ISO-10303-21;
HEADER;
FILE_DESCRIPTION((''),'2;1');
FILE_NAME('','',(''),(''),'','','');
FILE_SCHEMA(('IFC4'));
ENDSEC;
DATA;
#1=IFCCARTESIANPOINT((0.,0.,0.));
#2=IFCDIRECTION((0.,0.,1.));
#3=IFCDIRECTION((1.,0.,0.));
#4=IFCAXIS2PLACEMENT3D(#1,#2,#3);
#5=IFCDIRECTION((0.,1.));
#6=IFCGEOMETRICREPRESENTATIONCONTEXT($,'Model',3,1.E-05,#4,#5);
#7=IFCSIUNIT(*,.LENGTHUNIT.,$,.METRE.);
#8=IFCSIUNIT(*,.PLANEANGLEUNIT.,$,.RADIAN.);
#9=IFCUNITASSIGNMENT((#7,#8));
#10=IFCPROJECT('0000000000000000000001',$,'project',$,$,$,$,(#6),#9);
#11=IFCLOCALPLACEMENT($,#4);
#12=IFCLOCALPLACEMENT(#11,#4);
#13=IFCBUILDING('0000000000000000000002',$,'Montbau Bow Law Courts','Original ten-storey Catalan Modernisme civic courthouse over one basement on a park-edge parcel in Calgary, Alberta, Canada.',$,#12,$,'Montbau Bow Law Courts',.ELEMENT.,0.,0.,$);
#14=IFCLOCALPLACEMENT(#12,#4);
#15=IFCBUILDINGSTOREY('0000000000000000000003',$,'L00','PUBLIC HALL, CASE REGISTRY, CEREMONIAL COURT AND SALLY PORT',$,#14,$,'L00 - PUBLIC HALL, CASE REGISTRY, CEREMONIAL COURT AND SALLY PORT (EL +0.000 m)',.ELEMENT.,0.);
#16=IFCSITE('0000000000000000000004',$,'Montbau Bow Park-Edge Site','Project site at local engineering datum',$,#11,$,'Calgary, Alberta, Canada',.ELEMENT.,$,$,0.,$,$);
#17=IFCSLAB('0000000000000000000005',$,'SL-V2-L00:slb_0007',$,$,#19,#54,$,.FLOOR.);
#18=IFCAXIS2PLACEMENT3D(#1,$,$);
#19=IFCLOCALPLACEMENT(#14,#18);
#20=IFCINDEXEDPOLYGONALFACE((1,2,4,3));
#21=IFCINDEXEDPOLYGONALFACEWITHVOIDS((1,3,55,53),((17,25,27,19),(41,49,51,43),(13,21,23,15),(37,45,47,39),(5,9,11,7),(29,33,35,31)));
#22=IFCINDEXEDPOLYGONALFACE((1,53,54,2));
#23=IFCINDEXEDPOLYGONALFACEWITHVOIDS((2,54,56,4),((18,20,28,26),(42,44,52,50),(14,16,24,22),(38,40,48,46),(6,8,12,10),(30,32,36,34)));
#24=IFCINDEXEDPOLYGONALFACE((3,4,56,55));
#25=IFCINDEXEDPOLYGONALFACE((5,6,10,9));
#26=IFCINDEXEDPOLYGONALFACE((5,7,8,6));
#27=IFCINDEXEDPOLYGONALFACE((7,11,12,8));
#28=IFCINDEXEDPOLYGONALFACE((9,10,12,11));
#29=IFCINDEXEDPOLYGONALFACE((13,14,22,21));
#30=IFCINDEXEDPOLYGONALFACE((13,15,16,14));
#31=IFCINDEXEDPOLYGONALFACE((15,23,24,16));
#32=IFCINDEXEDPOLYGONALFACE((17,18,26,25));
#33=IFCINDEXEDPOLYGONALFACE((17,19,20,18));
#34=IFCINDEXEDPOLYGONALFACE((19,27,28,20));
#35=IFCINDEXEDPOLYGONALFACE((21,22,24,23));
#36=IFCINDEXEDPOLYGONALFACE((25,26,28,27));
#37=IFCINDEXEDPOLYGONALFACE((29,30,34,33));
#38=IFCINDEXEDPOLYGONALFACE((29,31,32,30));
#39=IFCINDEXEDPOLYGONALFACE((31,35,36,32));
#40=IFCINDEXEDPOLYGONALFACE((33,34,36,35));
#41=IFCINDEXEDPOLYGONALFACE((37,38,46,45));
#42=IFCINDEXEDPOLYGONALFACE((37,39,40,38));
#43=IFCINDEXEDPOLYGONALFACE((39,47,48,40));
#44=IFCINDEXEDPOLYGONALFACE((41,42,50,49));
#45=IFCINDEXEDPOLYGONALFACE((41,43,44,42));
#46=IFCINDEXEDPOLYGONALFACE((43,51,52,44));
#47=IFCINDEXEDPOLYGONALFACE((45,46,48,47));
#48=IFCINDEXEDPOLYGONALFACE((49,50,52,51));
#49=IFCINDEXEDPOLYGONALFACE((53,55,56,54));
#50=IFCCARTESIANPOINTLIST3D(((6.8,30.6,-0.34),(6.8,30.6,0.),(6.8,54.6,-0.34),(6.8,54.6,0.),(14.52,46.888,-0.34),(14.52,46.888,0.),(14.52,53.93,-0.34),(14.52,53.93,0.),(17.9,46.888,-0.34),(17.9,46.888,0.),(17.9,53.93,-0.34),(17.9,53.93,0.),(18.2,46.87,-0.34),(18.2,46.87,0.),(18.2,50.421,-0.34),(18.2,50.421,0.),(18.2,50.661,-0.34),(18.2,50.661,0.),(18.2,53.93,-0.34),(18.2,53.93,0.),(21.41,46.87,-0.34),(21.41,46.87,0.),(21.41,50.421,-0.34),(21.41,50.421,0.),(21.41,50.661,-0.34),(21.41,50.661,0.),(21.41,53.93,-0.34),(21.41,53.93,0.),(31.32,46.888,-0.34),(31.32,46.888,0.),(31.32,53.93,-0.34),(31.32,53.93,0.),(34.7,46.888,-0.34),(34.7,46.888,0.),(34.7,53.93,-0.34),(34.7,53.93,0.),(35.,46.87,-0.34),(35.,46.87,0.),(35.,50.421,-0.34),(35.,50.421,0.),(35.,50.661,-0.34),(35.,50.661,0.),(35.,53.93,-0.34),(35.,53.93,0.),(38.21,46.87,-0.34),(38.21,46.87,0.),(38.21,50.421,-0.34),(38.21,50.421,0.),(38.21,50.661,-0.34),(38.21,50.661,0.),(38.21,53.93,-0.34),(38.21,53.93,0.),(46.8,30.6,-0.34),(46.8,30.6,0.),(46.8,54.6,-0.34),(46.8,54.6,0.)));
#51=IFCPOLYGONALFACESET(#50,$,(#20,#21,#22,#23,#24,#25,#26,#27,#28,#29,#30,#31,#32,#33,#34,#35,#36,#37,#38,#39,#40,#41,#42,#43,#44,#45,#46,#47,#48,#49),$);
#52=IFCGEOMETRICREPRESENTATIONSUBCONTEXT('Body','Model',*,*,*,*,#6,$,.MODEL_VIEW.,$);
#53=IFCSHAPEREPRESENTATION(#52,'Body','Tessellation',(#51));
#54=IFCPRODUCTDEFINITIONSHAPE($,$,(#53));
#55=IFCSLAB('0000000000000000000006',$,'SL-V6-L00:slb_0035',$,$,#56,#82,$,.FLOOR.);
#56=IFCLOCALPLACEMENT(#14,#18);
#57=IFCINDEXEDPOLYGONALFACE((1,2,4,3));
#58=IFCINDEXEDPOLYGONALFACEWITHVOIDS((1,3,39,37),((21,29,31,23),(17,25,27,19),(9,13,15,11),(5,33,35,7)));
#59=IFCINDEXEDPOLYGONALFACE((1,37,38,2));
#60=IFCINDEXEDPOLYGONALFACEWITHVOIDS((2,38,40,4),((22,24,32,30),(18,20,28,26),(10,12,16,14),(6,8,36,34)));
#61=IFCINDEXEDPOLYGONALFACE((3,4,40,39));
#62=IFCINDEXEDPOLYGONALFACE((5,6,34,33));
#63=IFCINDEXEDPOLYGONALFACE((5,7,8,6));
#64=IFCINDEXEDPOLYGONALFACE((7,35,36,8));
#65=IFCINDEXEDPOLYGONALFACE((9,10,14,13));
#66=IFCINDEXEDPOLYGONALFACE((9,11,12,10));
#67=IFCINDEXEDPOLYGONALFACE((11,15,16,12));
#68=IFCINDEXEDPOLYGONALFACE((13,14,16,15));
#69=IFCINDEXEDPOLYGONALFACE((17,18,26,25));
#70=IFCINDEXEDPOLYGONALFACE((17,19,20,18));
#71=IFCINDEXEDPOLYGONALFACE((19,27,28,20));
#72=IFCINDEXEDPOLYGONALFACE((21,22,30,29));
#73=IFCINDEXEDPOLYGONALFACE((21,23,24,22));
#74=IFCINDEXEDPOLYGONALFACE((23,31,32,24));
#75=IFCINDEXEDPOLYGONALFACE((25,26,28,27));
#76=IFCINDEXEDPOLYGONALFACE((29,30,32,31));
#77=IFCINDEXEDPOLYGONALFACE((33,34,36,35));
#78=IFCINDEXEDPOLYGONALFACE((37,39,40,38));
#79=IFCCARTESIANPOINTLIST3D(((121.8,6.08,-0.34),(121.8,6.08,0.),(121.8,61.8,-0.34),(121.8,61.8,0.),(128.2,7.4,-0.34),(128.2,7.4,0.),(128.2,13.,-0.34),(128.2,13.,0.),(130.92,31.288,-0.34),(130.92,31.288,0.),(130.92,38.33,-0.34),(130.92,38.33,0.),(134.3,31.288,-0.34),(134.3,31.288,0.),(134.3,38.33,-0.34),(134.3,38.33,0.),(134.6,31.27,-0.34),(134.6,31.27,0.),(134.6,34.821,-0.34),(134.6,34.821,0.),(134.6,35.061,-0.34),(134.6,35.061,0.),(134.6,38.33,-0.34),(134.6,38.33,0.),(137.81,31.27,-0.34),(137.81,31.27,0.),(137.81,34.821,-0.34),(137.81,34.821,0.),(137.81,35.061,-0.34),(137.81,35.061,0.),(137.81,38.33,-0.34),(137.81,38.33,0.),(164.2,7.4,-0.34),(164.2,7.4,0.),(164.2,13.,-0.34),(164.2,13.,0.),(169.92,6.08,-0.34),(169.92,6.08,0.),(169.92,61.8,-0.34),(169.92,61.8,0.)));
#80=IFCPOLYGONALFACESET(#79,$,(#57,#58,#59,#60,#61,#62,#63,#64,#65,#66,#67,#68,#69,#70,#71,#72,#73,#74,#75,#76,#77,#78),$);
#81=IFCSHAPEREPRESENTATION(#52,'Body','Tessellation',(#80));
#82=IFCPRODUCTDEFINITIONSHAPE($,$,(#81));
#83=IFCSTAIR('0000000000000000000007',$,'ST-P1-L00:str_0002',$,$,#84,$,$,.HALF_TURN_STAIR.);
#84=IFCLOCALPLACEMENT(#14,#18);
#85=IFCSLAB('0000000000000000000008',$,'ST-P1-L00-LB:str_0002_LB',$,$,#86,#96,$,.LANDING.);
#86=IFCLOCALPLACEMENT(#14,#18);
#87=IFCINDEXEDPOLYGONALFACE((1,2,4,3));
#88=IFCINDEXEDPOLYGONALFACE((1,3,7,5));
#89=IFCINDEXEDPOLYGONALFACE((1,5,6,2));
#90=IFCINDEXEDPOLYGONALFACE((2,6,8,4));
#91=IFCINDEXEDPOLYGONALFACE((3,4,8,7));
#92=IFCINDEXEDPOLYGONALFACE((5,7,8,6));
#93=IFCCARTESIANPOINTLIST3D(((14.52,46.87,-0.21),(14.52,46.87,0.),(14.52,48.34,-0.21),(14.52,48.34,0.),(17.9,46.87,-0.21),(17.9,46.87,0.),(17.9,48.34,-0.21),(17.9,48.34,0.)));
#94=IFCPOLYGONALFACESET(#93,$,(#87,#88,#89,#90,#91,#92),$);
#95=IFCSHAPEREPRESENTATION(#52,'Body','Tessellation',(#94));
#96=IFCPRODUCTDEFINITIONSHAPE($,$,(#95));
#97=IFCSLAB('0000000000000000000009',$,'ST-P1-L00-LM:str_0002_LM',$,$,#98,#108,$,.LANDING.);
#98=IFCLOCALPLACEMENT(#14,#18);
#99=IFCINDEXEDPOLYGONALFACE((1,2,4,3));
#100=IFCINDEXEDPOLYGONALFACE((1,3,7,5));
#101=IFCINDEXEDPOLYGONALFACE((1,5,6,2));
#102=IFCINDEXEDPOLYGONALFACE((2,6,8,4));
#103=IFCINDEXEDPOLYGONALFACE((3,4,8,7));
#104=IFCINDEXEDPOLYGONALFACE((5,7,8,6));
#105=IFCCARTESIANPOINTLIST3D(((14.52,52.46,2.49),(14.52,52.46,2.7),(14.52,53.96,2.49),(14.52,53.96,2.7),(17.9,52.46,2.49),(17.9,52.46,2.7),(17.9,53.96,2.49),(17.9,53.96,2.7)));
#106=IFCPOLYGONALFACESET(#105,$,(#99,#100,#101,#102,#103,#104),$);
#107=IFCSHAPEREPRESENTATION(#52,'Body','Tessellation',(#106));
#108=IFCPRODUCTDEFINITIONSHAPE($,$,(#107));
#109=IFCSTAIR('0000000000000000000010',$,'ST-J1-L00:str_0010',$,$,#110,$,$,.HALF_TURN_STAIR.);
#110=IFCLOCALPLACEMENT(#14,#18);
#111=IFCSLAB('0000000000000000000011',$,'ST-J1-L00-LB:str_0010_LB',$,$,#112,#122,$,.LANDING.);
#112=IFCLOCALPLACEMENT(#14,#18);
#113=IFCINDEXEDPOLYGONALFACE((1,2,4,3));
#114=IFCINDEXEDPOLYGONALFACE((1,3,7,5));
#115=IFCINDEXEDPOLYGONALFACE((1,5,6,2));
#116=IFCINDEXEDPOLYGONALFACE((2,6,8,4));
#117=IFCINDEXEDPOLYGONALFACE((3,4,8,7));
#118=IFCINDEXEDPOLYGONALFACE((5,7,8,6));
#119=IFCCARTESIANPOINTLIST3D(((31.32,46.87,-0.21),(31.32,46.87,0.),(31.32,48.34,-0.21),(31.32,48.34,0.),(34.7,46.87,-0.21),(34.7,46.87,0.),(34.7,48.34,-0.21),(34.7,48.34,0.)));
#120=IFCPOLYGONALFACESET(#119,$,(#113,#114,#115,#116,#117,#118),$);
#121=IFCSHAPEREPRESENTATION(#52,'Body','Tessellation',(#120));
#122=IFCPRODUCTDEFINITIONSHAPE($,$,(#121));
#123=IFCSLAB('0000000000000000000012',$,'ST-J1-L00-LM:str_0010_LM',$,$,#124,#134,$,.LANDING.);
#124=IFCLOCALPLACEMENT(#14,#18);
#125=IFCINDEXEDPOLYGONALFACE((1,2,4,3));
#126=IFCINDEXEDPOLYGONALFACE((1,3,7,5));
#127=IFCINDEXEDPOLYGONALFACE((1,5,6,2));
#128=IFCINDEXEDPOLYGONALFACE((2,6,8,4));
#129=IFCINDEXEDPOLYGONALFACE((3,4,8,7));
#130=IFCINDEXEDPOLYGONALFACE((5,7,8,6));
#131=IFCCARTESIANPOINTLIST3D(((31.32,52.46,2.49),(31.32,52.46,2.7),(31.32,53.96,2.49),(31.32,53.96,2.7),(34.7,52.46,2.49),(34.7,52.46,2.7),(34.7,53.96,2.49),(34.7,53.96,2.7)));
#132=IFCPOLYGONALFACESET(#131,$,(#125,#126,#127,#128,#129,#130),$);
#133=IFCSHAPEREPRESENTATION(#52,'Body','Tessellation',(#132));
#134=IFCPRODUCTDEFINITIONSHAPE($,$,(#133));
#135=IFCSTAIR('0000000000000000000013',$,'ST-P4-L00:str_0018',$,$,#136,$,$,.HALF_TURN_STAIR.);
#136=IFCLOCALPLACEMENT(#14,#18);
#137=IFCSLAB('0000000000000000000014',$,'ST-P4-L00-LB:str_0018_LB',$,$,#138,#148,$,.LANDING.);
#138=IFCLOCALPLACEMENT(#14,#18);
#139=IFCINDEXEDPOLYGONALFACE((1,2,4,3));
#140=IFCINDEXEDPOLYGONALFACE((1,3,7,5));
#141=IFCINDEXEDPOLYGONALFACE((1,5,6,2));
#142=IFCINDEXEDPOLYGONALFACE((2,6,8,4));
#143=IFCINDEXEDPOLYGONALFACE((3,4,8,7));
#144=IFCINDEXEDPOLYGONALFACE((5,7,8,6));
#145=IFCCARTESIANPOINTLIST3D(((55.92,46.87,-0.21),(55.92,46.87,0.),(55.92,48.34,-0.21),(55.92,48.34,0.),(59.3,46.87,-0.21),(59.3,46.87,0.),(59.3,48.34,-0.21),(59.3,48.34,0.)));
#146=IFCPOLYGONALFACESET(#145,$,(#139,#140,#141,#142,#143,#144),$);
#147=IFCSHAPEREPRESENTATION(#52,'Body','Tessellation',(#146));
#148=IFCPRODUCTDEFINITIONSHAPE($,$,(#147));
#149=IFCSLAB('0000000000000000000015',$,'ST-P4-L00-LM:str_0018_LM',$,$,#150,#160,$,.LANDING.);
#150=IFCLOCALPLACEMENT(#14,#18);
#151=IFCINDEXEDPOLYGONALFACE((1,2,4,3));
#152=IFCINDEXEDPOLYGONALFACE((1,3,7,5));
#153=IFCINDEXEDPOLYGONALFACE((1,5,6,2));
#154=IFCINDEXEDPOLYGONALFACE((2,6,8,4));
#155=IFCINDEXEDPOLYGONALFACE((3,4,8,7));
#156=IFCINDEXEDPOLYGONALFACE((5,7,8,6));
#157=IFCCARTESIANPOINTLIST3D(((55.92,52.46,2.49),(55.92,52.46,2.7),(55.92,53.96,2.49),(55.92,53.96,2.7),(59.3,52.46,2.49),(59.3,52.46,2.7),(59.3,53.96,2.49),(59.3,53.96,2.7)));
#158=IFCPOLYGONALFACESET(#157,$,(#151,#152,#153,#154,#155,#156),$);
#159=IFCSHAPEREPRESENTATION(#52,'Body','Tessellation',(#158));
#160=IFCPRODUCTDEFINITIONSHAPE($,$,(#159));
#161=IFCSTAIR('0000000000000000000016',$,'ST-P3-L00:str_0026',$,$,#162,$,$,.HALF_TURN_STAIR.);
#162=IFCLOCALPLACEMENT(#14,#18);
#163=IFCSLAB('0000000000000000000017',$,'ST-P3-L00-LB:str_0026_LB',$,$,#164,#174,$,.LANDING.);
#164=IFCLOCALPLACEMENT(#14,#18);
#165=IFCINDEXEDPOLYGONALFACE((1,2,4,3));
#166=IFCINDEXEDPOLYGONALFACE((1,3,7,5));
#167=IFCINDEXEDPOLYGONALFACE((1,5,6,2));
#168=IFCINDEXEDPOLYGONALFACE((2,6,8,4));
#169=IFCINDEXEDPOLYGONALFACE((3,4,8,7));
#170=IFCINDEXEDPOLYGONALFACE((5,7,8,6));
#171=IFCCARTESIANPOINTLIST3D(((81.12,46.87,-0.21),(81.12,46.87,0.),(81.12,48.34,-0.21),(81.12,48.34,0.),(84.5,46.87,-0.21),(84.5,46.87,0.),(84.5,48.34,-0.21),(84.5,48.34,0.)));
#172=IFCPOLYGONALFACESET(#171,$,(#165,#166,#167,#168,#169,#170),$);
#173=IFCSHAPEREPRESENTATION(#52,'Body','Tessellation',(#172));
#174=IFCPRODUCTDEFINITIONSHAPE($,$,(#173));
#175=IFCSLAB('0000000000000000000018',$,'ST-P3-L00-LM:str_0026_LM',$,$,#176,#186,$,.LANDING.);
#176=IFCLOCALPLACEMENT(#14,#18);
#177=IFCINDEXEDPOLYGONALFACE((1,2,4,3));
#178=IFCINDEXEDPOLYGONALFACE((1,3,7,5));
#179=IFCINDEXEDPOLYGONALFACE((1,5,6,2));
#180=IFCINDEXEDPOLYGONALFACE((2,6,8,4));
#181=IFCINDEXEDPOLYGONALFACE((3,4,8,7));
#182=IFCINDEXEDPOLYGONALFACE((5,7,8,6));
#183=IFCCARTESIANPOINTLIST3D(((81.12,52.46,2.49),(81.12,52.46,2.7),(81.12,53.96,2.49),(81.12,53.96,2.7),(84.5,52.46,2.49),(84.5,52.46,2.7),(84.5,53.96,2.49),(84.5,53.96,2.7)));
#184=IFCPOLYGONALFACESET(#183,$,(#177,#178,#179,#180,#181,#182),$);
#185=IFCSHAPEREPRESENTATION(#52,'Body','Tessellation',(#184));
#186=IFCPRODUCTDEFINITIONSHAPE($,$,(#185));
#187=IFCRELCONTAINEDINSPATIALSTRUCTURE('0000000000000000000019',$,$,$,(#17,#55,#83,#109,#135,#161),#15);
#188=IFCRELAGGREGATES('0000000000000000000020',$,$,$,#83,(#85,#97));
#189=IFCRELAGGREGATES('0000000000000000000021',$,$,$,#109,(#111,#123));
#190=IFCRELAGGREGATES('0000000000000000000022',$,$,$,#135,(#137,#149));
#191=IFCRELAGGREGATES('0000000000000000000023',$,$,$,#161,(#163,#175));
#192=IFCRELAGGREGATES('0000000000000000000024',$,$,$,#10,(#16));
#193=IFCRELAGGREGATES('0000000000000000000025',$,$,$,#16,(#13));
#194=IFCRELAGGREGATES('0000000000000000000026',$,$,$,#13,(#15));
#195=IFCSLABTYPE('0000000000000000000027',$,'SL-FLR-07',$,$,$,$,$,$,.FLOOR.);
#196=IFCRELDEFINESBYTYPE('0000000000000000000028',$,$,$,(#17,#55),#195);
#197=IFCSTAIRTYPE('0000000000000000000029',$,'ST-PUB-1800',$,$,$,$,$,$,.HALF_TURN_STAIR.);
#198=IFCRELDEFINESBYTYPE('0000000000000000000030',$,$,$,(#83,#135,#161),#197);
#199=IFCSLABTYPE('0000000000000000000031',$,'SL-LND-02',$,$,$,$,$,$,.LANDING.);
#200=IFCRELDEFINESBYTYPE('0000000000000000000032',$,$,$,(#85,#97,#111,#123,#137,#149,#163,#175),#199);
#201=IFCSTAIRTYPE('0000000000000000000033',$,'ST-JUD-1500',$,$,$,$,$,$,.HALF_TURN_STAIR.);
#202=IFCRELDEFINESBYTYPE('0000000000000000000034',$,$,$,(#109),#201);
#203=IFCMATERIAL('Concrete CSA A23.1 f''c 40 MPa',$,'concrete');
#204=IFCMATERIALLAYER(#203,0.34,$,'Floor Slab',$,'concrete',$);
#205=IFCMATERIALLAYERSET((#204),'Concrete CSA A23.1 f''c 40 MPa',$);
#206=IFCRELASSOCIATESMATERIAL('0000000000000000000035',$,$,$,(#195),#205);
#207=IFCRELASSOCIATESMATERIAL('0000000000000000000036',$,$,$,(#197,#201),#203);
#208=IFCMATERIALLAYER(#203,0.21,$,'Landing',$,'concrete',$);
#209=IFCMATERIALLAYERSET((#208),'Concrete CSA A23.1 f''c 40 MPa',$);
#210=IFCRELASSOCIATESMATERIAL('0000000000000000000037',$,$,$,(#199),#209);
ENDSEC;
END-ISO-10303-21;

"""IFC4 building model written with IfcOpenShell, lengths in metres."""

from ifc_helpers import new_model, si_unit, direction, frame, origin_with_axes, place, context, subcontext, project, spatial, polyline, outline, extrude, material, layer, layer_set, type_object, element, aggregate, save


model = new_model("IFC4")

# Units and contexts
model_context = context("Model", 3, precision=1e-05, world=origin_with_axes(), true_north=direction((0.0, 1.0)))
body_context = subcontext(model_context, "Body", "Model", "MODEL_VIEW")
ifc_project = project(units=[si_unit("LENGTHUNIT", "METRE"), si_unit("PLANEANGLEUNIT", "RADIAN")], contexts=[model_context])

# Site, building, storey
site_placement = place(None, origin_with_axes())
site = spatial("IfcSite", under=ifc_project, at=site_placement, Name="Montbau Bow Park-Edge Site", Description="Project site at local engineering datum", LongName="Calgary, Alberta, Canada", CompositionType="ELEMENT", RefElevation=0.0)
building_placement = place(site_placement, origin_with_axes())
building = spatial("IfcBuilding", under=site, at=building_placement, Name="Montbau Bow Law Courts", Description="Original ten-storey Catalan Modernisme civic courthouse over one basement on a park-edge parcel in Calgary, Alberta, Canada.", LongName="Montbau Bow Law Courts", CompositionType="ELEMENT", ElevationOfRefHeight=0.0, ElevationOfTerrain=0.0)
storey_placement = place(building_placement, origin_with_axes())
storey = spatial("IfcBuildingStorey", under=building, at=storey_placement, Name="L00", Description="PUBLIC HALL, CASE REGISTRY, CEREMONIAL COURT AND SALLY PORT", LongName="L00 - PUBLIC HALL, CASE REGISTRY, CEREMONIAL COURT AND SALLY PORT (EL +0.000 m)", CompositionType="ELEMENT", Elevation=0.0)

# Slabs
ifc_material_1 = material(Name="Concrete CSA A23.1 f'c 40 MPa", Category="concrete")
ifc_layer_1 = layer(ifc_material_1, 0.34, Name="Floor Slab", Category="concrete")
ifc_layer_set_1 = layer_set([ifc_layer_1], Name="Concrete CSA A23.1 f'c 40 MPa")
slab_type_1 = type_object("IfcSlabType", Name="SL-FLR-07", PredefinedType="FLOOR", material=ifc_layer_set_1)
slab_1_placement = place(None, frame((0.0, 0.0, -0.34), z_axis=(0.0, 0.0, 1.0), x_axis=(1.0, 0.0, 0.0)))
element("IfcSlab", 1, at=slab_1_placement, inside=storey, type_object=slab_type_1, Name="SL-V2-L00:slb_0007", PredefinedType="FLOOR", context=body_context, shape_type="SweptSolid", body=[
    extrude(outline(polyline([(6.8, 30.6), (46.8, 30.6), (46.8, 54.6), (6.8, 54.6), (6.8, 30.6)]), holes=[polyline([(14.52, 46.888), (17.9, 46.888), (17.9, 53.93), (14.52, 53.93), (14.52, 46.888)]), polyline([(18.2, 46.87), (21.41, 46.87), (21.41, 50.421), (18.2, 50.421), (18.2, 46.87)]), polyline([(18.2, 50.661), (21.41, 50.661), (21.41, 53.93), (18.2, 53.93), (18.2, 50.661)]), polyline([(31.32, 46.888), (34.7, 46.888), (34.7, 53.93), (31.32, 53.93), (31.32, 46.888)]), polyline([(35.0, 46.87), (38.21, 46.87), (38.21, 50.421), (35.0, 50.421), (35.0, 46.87)]), polyline([(35.0, 50.661), (38.21, 50.661), (38.21, 53.93), (35.0, 53.93), (35.0, 50.661)])]), origin_with_axes(), (0.0, 0.0, 1.0), 0.34),
])
slab_2_placement = place(None, frame((0.0, 0.0, -0.34), z_axis=(0.0, 0.0, 1.0), x_axis=(1.0, 0.0, 0.0)))
element("IfcSlab", 2, at=slab_2_placement, inside=storey, type_object=slab_type_1, Name="SL-V6-L00:slb_0035", PredefinedType="FLOOR", context=body_context, shape_type="SweptSolid", body=[
    extrude(outline(polyline([(121.8, 6.08), (169.92, 6.08), (169.92, 61.8), (121.8, 61.8), (121.8, 6.08)]), holes=[polyline([(130.92, 31.288), (134.3, 31.288), (134.3, 38.33), (130.92, 38.33), (130.92, 31.288)]), polyline([(134.6, 31.27), (137.81, 31.27), (137.81, 34.821), (134.6, 34.821), (134.6, 31.27)]), polyline([(134.6, 35.061), (137.81, 35.061), (137.81, 38.33), (134.6, 38.33), (134.6, 35.061)]), polyline([(128.2, 7.4), (164.2, 7.4), (164.2, 13.0), (128.2, 13.0), (128.2, 7.4)])]), origin_with_axes(), (0.0, 0.0, 1.0), 0.34),
])

# Stairs, slabs
stair_type_1 = type_object("IfcStairType", Name="ST-PUB-1800", PredefinedType="HALF_TURN_STAIR", material=ifc_material_1)
stair_1_placement = place(None, frame((15.305, 48.3, 0.0), z_axis=(0.0, 0.0, 1.0), x_axis=(1.0, 0.0, 0.0)))
stair_1 = element("IfcStair", 3, at=stair_1_placement, inside=storey, type_object=stair_type_1, Name="ST-P1-L00:str_0002", PredefinedType="HALF_TURN_STAIR")
ifc_layer_2 = layer(ifc_material_1, 0.21, Name="Landing", Category="concrete")
ifc_layer_set_2 = layer_set([ifc_layer_2], Name="Concrete CSA A23.1 f'c 40 MPa")
slab_type_2 = type_object("IfcSlabType", Name="SL-LND-02", PredefinedType="LANDING", material=ifc_layer_set_2)
slab_3_placement = place(None, frame((0.0, 0.0, -0.21), z_axis=(0.0, 0.0, 1.0), x_axis=(1.0, 0.0, 0.0)))
slab_3 = element("IfcSlab", 4, at=slab_3_placement, type_object=slab_type_2, Name="ST-P1-L00-LB:str_0002_LB", PredefinedType="LANDING", context=body_context, shape_type="SweptSolid", body=[
    extrude(outline(polyline([(14.52, 46.87), (17.9, 46.87), (17.9, 48.34), (14.52, 48.34), (14.52, 46.87)])), origin_with_axes(), (0.0, 0.0, 1.0), 0.21),
])
slab_4_placement = place(None, frame((0.0, 0.0, 2.49), z_axis=(0.0, 0.0, 1.0), x_axis=(1.0, 0.0, 0.0)))
slab_4 = element("IfcSlab", 5, at=slab_4_placement, type_object=slab_type_2, Name="ST-P1-L00-LM:str_0002_LM", PredefinedType="LANDING", context=body_context, shape_type="SweptSolid", body=[
    extrude(outline(polyline([(14.52, 52.46), (17.9, 52.46), (17.9, 53.96), (14.52, 53.96), (14.52, 52.46)])), origin_with_axes(), (0.0, 0.0, 1.0), 0.21),
])
aggregate(stair_1, [slab_3, slab_4])
stair_type_2 = type_object("IfcStairType", Name="ST-JUD-1500", PredefinedType="HALF_TURN_STAIR", material=ifc_material_1)
stair_2_placement = place(None, frame((32.065, 48.3, 0.0), z_axis=(0.0, 0.0, 1.0), x_axis=(1.0, 0.0, 0.0)))
stair_2 = element("IfcStair", 6, at=stair_2_placement, inside=storey, type_object=stair_type_2, Name="ST-J1-L00:str_0010", PredefinedType="HALF_TURN_STAIR")
slab_5_placement = place(None, frame((0.0, 0.0, -0.21), z_axis=(0.0, 0.0, 1.0), x_axis=(1.0, 0.0, 0.0)))
slab_5 = element("IfcSlab", 7, at=slab_5_placement, type_object=slab_type_2, Name="ST-J1-L00-LB:str_0010_LB", PredefinedType="LANDING", context=body_context, shape_type="SweptSolid", body=[
    extrude(outline(polyline([(31.32, 46.87), (34.7, 46.87), (34.7, 48.34), (31.32, 48.34), (31.32, 46.87)])), origin_with_axes(), (0.0, 0.0, 1.0), 0.21),
])
slab_6_placement = place(None, frame((0.0, 0.0, 2.49), z_axis=(0.0, 0.0, 1.0), x_axis=(1.0, 0.0, 0.0)))
slab_6 = element("IfcSlab", 8, at=slab_6_placement, type_object=slab_type_2, Name="ST-J1-L00-LM:str_0010_LM", PredefinedType="LANDING", context=body_context, shape_type="SweptSolid", body=[
    extrude(outline(polyline([(31.32, 52.46), (34.7, 52.46), (34.7, 53.96), (31.32, 53.96), (31.32, 52.46)])), origin_with_axes(), (0.0, 0.0, 1.0), 0.21),
])
aggregate(stair_2, [slab_5, slab_6])
stair_3_placement = place(None, frame((56.705, 48.3, 0.0), z_axis=(0.0, 0.0, 1.0), x_axis=(1.0, 0.0, 0.0)))
stair_3 = element("IfcStair", 9, at=stair_3_placement, inside=storey, type_object=stair_type_1, Name="ST-P4-L00:str_0018", PredefinedType="HALF_TURN_STAIR")
slab_7_placement = place(None, frame((0.0, 0.0, -0.21), z_axis=(0.0, 0.0, 1.0), x_axis=(1.0, 0.0, 0.0)))
slab_7 = element("IfcSlab", 10, at=slab_7_placement, type_object=slab_type_2, Name="ST-P4-L00-LB:str_0018_LB", PredefinedType="LANDING", context=body_context, shape_type="SweptSolid", body=[
    extrude(outline(polyline([(55.92, 46.87), (59.3, 46.87), (59.3, 48.34), (55.92, 48.34), (55.92, 46.87)])), origin_with_axes(), (0.0, 0.0, 1.0), 0.21),
])
slab_8_placement = place(None, frame((0.0, 0.0, 2.49), z_axis=(0.0, 0.0, 1.0), x_axis=(1.0, 0.0, 0.0)))
slab_8 = element("IfcSlab", 11, at=slab_8_placement, type_object=slab_type_2, Name="ST-P4-L00-LM:str_0018_LM", PredefinedType="LANDING", context=body_context, shape_type="SweptSolid", body=[
    extrude(outline(polyline([(55.92, 52.46), (59.3, 52.46), (59.3, 53.96), (55.92, 53.96), (55.92, 52.46)])), origin_with_axes(), (0.0, 0.0, 1.0), 0.21),
])
aggregate(stair_3, [slab_7, slab_8])
stair_4_placement = place(None, frame((81.905, 48.3, 0.0), z_axis=(0.0, 0.0, 1.0), x_axis=(1.0, 0.0, 0.0)))
stair_4 = element("IfcStair", 12, at=stair_4_placement, inside=storey, type_object=stair_type_1, Name="ST-P3-L00:str_0026", PredefinedType="HALF_TURN_STAIR")
slab_9_placement = place(None, frame((0.0, 0.0, -0.21), z_axis=(0.0, 0.0, 1.0), x_axis=(1.0, 0.0, 0.0)))
slab_9 = element("IfcSlab", 13, at=slab_9_placement, type_object=slab_type_2, Name="ST-P3-L00-LB:str_0026_LB", PredefinedType="LANDING", context=body_context, shape_type="SweptSolid", body=[
    extrude(outline(polyline([(81.12, 46.87), (84.5, 46.87), (84.5, 48.34), (81.12, 48.34), (81.12, 46.87)])), origin_with_axes(), (0.0, 0.0, 1.0), 0.21),
])
slab_10_placement = place(None, frame((0.0, 0.0, 2.49), z_axis=(0.0, 0.0, 1.0), x_axis=(1.0, 0.0, 0.0)))
slab_10 = element("IfcSlab", 14, at=slab_10_placement, type_object=slab_type_2, Name="ST-P3-L00-LM:str_0026_LM", PredefinedType="LANDING", context=body_context, shape_type="SweptSolid", body=[
    extrude(outline(polyline([(81.12, 52.46), (84.5, 52.46), (84.5, 53.96), (81.12, 53.96), (81.12, 52.46)])), origin_with_axes(), (0.0, 0.0, 1.0), 0.21),
])
aggregate(stair_4, [slab_9, slab_10])

save(model, "model.ifc")
